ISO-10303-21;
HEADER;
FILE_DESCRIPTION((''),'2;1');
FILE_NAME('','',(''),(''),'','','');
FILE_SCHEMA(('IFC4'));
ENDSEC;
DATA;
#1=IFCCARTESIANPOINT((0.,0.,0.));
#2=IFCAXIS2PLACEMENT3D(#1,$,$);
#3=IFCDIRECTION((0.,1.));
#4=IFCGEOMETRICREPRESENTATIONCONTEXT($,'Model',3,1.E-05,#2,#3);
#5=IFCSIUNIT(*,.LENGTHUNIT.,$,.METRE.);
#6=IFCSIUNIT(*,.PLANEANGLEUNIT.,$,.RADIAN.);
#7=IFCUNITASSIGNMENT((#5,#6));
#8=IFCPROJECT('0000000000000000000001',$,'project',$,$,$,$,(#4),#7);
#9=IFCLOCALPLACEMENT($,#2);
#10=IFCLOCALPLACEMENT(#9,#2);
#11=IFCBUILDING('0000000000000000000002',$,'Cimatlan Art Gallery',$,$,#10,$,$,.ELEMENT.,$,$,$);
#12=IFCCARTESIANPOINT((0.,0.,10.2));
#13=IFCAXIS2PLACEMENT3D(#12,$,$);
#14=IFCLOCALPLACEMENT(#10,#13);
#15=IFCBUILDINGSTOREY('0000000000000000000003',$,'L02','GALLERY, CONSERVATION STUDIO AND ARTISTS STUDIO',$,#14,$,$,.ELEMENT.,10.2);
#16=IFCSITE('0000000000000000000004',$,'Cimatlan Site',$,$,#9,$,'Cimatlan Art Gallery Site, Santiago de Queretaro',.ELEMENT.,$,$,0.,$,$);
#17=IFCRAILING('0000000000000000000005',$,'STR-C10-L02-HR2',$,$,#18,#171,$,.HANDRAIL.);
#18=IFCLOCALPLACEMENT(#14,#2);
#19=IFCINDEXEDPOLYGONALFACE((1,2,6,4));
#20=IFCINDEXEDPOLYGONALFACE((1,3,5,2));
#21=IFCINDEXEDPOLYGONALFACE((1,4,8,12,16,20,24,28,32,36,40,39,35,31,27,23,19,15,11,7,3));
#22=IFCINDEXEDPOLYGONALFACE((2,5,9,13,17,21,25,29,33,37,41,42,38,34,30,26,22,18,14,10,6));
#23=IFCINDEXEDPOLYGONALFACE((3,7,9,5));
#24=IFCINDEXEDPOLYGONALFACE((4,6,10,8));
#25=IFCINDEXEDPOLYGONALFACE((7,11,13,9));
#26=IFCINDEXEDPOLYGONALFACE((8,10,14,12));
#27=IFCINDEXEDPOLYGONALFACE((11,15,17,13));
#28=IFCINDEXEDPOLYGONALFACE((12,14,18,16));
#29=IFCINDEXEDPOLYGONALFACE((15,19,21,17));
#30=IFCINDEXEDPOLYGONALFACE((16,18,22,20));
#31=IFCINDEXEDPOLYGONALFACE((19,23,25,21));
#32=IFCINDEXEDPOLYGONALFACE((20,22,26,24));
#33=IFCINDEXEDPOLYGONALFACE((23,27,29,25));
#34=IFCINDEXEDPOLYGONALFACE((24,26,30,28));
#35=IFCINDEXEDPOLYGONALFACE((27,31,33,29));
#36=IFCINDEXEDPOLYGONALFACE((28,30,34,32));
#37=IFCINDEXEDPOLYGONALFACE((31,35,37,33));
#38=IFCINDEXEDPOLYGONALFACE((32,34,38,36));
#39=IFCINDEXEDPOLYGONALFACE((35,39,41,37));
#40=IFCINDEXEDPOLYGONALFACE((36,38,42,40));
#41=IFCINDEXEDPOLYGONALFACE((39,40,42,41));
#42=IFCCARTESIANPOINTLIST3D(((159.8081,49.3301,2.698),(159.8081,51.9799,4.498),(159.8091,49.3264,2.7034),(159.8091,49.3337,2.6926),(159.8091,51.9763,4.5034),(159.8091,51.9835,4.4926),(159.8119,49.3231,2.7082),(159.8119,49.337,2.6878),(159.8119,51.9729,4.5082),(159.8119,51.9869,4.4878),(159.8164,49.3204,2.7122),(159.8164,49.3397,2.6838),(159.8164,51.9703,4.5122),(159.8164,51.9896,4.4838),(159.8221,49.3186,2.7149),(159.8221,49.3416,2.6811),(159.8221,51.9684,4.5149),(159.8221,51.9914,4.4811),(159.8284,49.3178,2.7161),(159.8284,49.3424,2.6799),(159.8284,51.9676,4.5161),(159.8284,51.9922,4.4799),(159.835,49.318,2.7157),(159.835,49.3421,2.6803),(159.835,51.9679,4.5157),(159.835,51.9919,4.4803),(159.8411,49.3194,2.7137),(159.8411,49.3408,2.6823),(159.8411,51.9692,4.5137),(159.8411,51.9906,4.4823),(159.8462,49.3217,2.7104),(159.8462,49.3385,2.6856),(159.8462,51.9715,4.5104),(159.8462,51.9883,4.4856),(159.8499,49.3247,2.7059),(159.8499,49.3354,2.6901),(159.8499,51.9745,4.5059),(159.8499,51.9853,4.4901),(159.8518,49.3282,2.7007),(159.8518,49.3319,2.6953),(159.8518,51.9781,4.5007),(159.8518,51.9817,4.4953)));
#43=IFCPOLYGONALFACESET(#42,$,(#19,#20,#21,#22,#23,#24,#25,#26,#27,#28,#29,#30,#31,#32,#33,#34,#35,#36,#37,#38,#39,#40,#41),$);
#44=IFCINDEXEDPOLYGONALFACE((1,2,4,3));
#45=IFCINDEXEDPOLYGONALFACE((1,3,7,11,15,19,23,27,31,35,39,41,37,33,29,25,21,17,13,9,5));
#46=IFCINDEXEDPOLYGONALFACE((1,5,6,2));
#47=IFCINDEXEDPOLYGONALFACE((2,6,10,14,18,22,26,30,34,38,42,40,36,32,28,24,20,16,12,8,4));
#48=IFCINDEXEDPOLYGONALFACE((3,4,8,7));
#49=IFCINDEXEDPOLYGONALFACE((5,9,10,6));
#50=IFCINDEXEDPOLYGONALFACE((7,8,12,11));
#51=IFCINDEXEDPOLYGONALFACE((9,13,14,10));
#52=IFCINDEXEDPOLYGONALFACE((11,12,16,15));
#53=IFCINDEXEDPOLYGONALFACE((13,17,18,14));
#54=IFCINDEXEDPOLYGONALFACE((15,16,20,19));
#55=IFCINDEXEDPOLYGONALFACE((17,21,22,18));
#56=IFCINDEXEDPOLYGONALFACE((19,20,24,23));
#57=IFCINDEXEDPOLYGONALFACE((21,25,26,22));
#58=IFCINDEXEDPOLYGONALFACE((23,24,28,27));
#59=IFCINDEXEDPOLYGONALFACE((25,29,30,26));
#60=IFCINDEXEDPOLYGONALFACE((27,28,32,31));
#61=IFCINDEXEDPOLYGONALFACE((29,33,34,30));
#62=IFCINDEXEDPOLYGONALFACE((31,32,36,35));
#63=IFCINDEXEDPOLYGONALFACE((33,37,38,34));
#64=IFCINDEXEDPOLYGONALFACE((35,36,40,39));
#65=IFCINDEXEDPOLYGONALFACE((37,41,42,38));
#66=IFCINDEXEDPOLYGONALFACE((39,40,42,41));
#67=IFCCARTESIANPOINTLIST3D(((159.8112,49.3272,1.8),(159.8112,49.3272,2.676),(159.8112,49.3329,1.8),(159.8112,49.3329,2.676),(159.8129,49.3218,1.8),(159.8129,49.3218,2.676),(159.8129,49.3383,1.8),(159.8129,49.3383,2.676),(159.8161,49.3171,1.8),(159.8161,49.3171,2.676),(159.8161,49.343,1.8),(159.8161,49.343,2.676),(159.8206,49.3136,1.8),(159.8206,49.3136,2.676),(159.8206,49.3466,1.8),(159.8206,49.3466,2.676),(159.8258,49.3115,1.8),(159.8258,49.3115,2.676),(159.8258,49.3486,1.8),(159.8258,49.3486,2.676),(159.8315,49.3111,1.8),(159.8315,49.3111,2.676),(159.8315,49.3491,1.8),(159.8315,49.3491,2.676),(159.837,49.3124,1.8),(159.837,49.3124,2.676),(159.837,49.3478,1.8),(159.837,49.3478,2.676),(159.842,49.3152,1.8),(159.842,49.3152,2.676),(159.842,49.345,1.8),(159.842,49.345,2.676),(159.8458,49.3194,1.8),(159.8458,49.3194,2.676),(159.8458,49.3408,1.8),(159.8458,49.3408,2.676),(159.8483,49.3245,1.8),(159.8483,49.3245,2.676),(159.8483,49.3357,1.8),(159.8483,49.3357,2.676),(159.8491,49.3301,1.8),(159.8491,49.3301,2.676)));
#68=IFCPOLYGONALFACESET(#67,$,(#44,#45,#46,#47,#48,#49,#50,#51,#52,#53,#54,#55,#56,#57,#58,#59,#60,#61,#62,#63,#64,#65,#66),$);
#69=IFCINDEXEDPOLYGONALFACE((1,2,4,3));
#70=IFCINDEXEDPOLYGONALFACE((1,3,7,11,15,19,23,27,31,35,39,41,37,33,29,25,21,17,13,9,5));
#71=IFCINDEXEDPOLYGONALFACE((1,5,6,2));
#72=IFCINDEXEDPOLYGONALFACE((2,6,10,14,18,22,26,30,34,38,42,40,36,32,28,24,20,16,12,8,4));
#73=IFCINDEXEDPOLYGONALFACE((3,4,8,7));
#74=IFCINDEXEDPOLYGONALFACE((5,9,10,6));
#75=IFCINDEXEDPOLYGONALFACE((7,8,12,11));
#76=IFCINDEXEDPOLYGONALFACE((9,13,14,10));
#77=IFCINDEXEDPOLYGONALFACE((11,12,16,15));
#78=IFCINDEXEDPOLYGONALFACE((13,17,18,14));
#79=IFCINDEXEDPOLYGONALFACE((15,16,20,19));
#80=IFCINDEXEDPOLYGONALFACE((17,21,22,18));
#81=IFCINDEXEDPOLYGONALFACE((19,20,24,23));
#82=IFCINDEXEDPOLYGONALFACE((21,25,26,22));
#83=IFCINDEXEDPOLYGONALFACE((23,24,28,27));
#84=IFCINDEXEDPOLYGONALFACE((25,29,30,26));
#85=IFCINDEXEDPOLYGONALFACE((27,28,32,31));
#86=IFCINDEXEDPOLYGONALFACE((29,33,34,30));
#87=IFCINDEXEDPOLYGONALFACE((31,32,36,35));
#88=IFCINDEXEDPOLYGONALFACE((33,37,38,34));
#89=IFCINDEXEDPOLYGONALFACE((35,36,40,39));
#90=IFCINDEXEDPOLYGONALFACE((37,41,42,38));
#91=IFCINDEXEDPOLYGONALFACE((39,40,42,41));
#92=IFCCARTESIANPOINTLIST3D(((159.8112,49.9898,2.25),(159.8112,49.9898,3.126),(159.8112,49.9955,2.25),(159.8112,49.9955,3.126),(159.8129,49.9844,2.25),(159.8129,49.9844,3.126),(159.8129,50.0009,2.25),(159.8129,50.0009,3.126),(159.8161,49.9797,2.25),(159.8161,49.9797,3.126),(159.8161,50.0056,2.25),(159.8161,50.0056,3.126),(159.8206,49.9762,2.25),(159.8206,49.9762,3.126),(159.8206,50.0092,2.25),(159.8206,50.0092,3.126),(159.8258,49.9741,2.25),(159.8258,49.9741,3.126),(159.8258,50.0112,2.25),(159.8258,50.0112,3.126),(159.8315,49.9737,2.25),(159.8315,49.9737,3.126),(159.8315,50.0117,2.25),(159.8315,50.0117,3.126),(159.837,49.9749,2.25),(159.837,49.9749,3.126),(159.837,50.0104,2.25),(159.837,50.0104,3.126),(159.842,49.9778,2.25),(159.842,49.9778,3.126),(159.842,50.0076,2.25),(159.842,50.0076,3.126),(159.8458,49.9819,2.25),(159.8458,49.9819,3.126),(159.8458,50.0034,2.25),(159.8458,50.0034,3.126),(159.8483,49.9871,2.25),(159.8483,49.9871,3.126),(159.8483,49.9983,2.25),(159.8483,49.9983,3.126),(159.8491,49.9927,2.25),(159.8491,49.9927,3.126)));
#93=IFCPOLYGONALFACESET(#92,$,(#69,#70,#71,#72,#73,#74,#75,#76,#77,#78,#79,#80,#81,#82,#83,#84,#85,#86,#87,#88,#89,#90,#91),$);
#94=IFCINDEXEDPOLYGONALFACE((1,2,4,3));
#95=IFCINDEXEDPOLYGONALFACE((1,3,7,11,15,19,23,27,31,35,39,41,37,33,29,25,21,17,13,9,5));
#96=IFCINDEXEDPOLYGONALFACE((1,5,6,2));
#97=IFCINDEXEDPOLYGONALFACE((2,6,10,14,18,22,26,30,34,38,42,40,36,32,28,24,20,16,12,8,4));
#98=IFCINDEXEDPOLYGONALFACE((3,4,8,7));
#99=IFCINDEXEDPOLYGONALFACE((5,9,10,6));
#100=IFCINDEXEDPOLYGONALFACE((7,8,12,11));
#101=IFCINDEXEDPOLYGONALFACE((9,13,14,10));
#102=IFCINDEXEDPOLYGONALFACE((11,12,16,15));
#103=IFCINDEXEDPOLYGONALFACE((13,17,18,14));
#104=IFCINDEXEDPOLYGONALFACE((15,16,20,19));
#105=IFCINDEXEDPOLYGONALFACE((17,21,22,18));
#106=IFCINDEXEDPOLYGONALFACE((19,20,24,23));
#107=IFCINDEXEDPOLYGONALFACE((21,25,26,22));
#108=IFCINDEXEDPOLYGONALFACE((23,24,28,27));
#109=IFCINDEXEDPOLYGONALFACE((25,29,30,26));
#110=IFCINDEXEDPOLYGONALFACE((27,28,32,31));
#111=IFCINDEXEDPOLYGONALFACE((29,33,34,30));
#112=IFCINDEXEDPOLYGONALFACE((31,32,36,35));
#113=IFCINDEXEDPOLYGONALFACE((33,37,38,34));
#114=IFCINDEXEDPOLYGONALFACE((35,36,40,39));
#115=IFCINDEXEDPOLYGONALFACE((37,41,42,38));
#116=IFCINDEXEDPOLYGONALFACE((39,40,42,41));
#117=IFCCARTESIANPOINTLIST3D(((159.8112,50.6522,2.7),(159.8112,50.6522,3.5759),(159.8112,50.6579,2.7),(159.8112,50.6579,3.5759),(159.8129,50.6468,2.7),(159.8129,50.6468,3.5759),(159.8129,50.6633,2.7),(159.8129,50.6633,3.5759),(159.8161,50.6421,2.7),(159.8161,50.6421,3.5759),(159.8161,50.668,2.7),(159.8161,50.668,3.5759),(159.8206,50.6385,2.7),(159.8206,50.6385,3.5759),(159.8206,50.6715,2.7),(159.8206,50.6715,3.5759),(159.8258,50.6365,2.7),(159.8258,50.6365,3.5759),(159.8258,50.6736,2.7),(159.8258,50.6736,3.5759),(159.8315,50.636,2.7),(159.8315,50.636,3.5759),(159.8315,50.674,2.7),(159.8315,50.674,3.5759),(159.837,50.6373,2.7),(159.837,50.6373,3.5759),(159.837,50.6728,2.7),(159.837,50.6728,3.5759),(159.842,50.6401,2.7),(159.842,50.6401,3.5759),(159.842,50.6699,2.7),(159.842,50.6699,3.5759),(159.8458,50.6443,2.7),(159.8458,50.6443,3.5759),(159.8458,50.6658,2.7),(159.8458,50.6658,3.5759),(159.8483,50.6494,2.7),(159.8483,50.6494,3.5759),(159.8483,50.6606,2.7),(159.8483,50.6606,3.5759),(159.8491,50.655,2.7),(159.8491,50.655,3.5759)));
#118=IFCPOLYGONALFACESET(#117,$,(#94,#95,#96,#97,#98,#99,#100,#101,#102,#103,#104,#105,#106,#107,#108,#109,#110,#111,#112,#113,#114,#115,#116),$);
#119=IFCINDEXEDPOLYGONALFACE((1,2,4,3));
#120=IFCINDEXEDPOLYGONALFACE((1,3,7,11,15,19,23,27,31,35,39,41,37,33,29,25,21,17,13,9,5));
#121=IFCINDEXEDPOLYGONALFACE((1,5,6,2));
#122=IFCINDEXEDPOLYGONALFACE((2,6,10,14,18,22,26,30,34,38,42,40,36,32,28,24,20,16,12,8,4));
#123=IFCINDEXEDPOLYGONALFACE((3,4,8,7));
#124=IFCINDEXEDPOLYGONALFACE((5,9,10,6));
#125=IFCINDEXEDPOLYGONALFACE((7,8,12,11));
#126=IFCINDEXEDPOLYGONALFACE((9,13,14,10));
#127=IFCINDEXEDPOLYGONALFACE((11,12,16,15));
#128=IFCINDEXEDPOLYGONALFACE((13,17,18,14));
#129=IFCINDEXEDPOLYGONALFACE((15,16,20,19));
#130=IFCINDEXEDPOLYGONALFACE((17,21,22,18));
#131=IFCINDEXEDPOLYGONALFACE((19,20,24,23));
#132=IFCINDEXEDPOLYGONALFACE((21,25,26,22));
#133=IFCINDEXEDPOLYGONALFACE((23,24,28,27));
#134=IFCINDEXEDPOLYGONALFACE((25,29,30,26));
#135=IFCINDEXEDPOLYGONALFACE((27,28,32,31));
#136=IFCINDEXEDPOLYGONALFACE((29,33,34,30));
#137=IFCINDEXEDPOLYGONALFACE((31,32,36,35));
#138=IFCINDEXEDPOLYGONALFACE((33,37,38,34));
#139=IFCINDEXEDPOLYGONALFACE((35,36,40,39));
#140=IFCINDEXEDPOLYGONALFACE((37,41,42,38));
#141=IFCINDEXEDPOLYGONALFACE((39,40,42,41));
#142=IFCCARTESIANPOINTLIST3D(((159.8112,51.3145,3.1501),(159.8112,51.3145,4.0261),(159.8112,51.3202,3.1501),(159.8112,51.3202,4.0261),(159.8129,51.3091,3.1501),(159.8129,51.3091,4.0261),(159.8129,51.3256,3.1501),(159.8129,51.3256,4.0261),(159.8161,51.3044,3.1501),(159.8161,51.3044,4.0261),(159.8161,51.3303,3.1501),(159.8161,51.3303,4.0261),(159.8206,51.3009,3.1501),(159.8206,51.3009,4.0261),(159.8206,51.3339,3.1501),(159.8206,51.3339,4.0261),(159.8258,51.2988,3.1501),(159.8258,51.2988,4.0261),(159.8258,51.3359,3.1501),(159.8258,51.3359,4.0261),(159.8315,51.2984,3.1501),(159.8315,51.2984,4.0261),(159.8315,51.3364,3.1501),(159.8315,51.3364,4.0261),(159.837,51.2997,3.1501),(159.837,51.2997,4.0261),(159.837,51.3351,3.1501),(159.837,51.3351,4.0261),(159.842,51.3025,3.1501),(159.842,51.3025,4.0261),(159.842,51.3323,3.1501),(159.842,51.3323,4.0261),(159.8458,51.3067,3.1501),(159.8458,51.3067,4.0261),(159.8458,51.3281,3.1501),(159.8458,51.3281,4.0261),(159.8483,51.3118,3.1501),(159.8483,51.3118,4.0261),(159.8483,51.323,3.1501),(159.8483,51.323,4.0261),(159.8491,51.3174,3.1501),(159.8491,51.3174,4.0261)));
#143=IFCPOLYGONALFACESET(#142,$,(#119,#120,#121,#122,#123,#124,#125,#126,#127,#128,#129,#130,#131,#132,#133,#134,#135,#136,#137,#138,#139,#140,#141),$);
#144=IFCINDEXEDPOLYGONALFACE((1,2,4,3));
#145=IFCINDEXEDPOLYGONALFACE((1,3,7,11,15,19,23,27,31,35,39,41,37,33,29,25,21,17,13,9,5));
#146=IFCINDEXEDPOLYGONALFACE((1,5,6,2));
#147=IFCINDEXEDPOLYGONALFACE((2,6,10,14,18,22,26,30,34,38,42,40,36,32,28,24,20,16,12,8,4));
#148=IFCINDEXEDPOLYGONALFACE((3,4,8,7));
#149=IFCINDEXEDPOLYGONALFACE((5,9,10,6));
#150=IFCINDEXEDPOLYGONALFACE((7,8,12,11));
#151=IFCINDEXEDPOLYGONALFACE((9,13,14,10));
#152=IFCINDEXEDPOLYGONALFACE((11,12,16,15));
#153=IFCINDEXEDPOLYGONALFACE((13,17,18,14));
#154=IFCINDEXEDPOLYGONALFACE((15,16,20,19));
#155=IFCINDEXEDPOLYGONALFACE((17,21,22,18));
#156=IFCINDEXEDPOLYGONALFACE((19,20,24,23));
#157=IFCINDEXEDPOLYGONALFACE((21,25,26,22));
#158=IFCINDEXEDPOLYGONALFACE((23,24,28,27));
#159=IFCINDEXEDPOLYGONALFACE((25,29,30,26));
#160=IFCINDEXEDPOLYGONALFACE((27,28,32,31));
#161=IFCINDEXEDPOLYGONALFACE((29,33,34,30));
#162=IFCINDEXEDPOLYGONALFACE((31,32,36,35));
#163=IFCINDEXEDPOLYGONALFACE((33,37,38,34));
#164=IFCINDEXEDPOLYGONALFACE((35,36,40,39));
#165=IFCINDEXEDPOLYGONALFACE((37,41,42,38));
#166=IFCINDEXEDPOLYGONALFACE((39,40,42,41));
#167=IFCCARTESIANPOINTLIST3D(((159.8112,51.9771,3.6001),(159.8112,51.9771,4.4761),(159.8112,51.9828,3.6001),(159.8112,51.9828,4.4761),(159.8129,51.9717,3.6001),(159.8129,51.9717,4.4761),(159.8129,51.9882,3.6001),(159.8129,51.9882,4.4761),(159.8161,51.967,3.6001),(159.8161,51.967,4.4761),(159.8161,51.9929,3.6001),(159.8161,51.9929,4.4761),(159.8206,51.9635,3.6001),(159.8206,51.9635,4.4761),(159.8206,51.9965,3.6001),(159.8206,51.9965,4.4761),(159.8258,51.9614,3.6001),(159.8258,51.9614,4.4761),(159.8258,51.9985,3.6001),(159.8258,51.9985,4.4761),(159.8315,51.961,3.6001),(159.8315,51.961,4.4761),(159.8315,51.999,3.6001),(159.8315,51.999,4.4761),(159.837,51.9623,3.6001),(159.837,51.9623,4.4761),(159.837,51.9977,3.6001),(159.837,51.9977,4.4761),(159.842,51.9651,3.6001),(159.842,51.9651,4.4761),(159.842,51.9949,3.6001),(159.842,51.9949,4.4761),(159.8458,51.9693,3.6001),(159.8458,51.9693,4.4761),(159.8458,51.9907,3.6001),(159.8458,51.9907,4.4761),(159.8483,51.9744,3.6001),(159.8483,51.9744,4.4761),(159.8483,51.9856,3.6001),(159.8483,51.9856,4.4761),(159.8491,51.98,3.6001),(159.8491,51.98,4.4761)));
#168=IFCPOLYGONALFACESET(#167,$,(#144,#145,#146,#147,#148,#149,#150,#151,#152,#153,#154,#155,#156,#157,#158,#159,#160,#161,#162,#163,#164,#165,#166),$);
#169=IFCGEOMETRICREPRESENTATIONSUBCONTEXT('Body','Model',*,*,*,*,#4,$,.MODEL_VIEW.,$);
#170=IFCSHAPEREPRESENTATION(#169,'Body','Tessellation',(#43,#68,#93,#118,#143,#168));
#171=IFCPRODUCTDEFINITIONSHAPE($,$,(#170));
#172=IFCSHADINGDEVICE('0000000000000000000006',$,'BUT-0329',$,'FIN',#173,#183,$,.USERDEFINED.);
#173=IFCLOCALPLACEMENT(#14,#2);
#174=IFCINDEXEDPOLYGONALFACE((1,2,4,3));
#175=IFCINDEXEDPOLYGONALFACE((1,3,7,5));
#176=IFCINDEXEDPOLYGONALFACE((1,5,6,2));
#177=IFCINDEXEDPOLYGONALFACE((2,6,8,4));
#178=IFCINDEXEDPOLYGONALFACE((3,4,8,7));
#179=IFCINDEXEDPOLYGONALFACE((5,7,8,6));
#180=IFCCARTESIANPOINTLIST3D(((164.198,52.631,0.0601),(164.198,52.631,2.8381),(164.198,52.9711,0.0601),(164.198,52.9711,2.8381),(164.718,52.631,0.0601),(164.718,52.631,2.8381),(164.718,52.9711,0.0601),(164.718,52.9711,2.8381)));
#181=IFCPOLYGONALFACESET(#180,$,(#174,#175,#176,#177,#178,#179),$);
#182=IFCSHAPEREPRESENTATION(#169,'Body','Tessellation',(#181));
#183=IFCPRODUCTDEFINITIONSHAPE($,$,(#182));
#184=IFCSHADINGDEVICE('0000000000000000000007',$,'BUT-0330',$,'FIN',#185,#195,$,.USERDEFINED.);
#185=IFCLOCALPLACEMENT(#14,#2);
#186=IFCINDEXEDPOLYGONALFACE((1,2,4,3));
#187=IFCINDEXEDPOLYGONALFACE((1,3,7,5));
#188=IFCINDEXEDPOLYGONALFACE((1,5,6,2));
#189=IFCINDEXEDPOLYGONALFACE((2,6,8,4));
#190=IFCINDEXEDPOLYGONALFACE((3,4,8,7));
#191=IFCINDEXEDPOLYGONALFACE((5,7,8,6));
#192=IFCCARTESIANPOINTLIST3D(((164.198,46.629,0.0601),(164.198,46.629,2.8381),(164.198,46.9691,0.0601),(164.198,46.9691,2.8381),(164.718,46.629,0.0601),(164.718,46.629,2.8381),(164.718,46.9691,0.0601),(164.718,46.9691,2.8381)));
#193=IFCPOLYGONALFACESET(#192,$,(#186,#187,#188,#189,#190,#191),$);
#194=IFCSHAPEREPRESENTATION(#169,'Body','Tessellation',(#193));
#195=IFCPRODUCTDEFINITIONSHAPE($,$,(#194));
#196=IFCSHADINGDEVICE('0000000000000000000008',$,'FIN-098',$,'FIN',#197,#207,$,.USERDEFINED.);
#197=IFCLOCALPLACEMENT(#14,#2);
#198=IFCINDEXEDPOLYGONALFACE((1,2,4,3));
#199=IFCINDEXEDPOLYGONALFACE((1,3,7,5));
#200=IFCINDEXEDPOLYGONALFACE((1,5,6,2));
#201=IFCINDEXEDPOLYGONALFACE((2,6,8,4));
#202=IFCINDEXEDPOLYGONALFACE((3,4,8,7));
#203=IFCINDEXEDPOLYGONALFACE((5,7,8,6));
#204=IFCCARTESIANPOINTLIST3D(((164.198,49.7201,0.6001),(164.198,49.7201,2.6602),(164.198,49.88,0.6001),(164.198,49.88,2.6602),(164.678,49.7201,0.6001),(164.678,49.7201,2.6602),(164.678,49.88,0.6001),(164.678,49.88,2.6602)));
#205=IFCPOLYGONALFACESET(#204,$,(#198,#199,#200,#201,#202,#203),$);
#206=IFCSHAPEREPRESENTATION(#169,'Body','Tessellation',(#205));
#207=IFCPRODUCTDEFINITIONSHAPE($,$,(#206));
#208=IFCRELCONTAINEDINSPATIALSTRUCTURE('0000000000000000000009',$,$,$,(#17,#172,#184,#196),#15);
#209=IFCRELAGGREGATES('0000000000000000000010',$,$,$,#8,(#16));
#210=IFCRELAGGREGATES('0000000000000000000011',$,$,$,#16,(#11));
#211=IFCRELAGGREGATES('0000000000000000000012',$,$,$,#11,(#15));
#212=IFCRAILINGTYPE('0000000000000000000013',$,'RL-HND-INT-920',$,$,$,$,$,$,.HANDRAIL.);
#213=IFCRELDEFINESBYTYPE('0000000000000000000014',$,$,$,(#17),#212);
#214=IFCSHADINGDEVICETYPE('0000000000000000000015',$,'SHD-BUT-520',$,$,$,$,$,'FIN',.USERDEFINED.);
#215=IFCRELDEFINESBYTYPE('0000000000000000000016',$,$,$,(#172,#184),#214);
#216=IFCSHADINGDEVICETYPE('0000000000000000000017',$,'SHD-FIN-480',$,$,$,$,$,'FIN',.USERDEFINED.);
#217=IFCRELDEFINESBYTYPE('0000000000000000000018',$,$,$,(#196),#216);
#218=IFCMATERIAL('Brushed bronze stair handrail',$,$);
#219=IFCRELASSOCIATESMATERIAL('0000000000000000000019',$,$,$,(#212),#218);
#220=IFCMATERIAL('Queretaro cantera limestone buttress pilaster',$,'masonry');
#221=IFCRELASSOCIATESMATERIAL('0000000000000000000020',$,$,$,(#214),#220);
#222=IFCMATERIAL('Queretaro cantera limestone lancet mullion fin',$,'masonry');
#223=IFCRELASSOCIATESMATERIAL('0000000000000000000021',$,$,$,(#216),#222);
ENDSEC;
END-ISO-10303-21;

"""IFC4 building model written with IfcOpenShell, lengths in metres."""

from ifc_helpers import new_model, si_unit, direction, frame, origin, origin_2d, place, context, subcontext, project, spatial, rectangle, circle, extrude, material, type_object, element, save


model = new_model("IFC4")

# Units and contexts
model_context = context("Model", 3, precision=1e-05, world=origin(), true_north=direction((0.0, 1.0)))
body_context = subcontext(model_context, "Body", "Model", "MODEL_VIEW")
ifc_project = project(units=[si_unit("LENGTHUNIT", "METRE"), si_unit("PLANEANGLEUNIT", "RADIAN")], contexts=[model_context])

# Site, building, storey
site_placement = place(None, origin())
site = spatial("IfcSite", under=ifc_project, at=site_placement, Name="Cimatlan Site", LongName="Cimatlan Art Gallery Site, Santiago de Queretaro", CompositionType="ELEMENT", RefElevation=0.0)
building_placement = place(site_placement, origin())
building = spatial("IfcBuilding", under=site, at=building_placement, Name="Cimatlan Art Gallery", CompositionType="ELEMENT")
storey_placement = place(building_placement, frame((0.0, 0.0, 10.2)))
storey = spatial("IfcBuildingStorey", under=building, at=storey_placement, Name="L02", Description="GALLERY, CONSERVATION STUDIO AND ARTISTS STUDIO", CompositionType="ELEMENT", Elevation=10.2)

# Railing
ifc_material_1 = material(Name="Brushed bronze stair handrail")
railing_type_1 = type_object("IfcRailingType", Name="RL-HND-INT-920", PredefinedType="HANDRAIL", material=ifc_material_1)
railing_1_placement = place(storey_placement, frame((159.8301, 49.3301, 1.8)))
element("IfcRailing", 1, at=railing_1_placement, inside=storey, type_object=railing_type_1, Name="STR-C10-L02-HR2", PredefinedType="HANDRAIL", context=body_context, shape_type="SweptSolid", body=[
    extrude(circle(Radius=0.022, at=origin_2d()), frame((0.0, 0.0, 0.8979), z_axis=(0.0, 0.8272, 0.561908), x_axis=(-1.0, 0.0, 0.0)), (0.0, 0.0, 1.0), 3.2034),
    extrude(circle(Radius=0.019, at=origin_2d()), origin(), (0.0, 0.0, 1.0), 0.876),
    extrude(circle(Radius=0.019, at=origin_2d()), frame((0.0, 0.6626, 0.45)), (0.0, 0.0, 1.0), 0.876),
    extrude(circle(Radius=0.019, at=origin_2d()), frame((0.0, 1.325, 0.8999)), (0.0, 0.0, 1.0), 0.876),
    extrude(circle(Radius=0.019, at=origin_2d()), frame((0.0, 1.9873, 1.3501)), (0.0, 0.0, 1.0), 0.876),
    extrude(circle(Radius=0.019, at=origin_2d()), frame((0.0, 2.6499, 1.8)), (0.0, 0.0, 1.0), 0.876),
])

# Shading devices
ifc_material_2 = material(Name="Queretaro cantera limestone buttress pilaster", Category="masonry")
shading_device_type_1 = type_object("IfcShadingDeviceType", Name="SHD-BUT-520", ElementType="FIN", PredefinedType="USERDEFINED", material=ifc_material_2)
for number, where, z_axis, x_axis, name in (
    (2, (164.458, 52.801, 0.0601), (0.0, 0.0, 1.0), (0.0, -1.0, 0.0), "BUT-0329"),
    (3, (164.458, 46.7991, 0.0601), (0.0, 0.0, 1.0), (0.0, -1.0, 0.0), "BUT-0330"),
):
    element("IfcShadingDevice", number, at=place(storey_placement, frame(where, z_axis=z_axis, x_axis=x_axis)), inside=storey, type_object=shading_device_type_1, Name=name, ObjectType="FIN", PredefinedType="USERDEFINED", context=body_context, shape_type="SweptSolid", body=[
        extrude(rectangle(XDim=0.3401, YDim=0.52, at=origin_2d()), origin(), (0.0, 0.0, 1.0), 2.7781),
    ])
ifc_material_3 = material(Name="Queretaro cantera limestone lancet mullion fin", Category="masonry")
shading_device_type_2 = type_object("IfcShadingDeviceType", Name="SHD-FIN-480", ElementType="FIN", PredefinedType="USERDEFINED", material=ifc_material_3)
shading_device_placement = place(storey_placement, frame((164.438, 49.8, 0.6001), z_axis=(0.0, 0.0, 1.0), x_axis=(0.0, -1.0, 0.0)))
element("IfcShadingDevice", 4, at=shading_device_placement, inside=storey, type_object=shading_device_type_2, Name="FIN-098", ObjectType="FIN", PredefinedType="USERDEFINED", context=body_context, shape_type="SweptSolid", body=[
    extrude(rectangle(XDim=0.1599, YDim=0.48, at=origin_2d()), origin(), (0.0, 0.0, 1.0), 2.0601),
])

save(model, "model.ifc")
